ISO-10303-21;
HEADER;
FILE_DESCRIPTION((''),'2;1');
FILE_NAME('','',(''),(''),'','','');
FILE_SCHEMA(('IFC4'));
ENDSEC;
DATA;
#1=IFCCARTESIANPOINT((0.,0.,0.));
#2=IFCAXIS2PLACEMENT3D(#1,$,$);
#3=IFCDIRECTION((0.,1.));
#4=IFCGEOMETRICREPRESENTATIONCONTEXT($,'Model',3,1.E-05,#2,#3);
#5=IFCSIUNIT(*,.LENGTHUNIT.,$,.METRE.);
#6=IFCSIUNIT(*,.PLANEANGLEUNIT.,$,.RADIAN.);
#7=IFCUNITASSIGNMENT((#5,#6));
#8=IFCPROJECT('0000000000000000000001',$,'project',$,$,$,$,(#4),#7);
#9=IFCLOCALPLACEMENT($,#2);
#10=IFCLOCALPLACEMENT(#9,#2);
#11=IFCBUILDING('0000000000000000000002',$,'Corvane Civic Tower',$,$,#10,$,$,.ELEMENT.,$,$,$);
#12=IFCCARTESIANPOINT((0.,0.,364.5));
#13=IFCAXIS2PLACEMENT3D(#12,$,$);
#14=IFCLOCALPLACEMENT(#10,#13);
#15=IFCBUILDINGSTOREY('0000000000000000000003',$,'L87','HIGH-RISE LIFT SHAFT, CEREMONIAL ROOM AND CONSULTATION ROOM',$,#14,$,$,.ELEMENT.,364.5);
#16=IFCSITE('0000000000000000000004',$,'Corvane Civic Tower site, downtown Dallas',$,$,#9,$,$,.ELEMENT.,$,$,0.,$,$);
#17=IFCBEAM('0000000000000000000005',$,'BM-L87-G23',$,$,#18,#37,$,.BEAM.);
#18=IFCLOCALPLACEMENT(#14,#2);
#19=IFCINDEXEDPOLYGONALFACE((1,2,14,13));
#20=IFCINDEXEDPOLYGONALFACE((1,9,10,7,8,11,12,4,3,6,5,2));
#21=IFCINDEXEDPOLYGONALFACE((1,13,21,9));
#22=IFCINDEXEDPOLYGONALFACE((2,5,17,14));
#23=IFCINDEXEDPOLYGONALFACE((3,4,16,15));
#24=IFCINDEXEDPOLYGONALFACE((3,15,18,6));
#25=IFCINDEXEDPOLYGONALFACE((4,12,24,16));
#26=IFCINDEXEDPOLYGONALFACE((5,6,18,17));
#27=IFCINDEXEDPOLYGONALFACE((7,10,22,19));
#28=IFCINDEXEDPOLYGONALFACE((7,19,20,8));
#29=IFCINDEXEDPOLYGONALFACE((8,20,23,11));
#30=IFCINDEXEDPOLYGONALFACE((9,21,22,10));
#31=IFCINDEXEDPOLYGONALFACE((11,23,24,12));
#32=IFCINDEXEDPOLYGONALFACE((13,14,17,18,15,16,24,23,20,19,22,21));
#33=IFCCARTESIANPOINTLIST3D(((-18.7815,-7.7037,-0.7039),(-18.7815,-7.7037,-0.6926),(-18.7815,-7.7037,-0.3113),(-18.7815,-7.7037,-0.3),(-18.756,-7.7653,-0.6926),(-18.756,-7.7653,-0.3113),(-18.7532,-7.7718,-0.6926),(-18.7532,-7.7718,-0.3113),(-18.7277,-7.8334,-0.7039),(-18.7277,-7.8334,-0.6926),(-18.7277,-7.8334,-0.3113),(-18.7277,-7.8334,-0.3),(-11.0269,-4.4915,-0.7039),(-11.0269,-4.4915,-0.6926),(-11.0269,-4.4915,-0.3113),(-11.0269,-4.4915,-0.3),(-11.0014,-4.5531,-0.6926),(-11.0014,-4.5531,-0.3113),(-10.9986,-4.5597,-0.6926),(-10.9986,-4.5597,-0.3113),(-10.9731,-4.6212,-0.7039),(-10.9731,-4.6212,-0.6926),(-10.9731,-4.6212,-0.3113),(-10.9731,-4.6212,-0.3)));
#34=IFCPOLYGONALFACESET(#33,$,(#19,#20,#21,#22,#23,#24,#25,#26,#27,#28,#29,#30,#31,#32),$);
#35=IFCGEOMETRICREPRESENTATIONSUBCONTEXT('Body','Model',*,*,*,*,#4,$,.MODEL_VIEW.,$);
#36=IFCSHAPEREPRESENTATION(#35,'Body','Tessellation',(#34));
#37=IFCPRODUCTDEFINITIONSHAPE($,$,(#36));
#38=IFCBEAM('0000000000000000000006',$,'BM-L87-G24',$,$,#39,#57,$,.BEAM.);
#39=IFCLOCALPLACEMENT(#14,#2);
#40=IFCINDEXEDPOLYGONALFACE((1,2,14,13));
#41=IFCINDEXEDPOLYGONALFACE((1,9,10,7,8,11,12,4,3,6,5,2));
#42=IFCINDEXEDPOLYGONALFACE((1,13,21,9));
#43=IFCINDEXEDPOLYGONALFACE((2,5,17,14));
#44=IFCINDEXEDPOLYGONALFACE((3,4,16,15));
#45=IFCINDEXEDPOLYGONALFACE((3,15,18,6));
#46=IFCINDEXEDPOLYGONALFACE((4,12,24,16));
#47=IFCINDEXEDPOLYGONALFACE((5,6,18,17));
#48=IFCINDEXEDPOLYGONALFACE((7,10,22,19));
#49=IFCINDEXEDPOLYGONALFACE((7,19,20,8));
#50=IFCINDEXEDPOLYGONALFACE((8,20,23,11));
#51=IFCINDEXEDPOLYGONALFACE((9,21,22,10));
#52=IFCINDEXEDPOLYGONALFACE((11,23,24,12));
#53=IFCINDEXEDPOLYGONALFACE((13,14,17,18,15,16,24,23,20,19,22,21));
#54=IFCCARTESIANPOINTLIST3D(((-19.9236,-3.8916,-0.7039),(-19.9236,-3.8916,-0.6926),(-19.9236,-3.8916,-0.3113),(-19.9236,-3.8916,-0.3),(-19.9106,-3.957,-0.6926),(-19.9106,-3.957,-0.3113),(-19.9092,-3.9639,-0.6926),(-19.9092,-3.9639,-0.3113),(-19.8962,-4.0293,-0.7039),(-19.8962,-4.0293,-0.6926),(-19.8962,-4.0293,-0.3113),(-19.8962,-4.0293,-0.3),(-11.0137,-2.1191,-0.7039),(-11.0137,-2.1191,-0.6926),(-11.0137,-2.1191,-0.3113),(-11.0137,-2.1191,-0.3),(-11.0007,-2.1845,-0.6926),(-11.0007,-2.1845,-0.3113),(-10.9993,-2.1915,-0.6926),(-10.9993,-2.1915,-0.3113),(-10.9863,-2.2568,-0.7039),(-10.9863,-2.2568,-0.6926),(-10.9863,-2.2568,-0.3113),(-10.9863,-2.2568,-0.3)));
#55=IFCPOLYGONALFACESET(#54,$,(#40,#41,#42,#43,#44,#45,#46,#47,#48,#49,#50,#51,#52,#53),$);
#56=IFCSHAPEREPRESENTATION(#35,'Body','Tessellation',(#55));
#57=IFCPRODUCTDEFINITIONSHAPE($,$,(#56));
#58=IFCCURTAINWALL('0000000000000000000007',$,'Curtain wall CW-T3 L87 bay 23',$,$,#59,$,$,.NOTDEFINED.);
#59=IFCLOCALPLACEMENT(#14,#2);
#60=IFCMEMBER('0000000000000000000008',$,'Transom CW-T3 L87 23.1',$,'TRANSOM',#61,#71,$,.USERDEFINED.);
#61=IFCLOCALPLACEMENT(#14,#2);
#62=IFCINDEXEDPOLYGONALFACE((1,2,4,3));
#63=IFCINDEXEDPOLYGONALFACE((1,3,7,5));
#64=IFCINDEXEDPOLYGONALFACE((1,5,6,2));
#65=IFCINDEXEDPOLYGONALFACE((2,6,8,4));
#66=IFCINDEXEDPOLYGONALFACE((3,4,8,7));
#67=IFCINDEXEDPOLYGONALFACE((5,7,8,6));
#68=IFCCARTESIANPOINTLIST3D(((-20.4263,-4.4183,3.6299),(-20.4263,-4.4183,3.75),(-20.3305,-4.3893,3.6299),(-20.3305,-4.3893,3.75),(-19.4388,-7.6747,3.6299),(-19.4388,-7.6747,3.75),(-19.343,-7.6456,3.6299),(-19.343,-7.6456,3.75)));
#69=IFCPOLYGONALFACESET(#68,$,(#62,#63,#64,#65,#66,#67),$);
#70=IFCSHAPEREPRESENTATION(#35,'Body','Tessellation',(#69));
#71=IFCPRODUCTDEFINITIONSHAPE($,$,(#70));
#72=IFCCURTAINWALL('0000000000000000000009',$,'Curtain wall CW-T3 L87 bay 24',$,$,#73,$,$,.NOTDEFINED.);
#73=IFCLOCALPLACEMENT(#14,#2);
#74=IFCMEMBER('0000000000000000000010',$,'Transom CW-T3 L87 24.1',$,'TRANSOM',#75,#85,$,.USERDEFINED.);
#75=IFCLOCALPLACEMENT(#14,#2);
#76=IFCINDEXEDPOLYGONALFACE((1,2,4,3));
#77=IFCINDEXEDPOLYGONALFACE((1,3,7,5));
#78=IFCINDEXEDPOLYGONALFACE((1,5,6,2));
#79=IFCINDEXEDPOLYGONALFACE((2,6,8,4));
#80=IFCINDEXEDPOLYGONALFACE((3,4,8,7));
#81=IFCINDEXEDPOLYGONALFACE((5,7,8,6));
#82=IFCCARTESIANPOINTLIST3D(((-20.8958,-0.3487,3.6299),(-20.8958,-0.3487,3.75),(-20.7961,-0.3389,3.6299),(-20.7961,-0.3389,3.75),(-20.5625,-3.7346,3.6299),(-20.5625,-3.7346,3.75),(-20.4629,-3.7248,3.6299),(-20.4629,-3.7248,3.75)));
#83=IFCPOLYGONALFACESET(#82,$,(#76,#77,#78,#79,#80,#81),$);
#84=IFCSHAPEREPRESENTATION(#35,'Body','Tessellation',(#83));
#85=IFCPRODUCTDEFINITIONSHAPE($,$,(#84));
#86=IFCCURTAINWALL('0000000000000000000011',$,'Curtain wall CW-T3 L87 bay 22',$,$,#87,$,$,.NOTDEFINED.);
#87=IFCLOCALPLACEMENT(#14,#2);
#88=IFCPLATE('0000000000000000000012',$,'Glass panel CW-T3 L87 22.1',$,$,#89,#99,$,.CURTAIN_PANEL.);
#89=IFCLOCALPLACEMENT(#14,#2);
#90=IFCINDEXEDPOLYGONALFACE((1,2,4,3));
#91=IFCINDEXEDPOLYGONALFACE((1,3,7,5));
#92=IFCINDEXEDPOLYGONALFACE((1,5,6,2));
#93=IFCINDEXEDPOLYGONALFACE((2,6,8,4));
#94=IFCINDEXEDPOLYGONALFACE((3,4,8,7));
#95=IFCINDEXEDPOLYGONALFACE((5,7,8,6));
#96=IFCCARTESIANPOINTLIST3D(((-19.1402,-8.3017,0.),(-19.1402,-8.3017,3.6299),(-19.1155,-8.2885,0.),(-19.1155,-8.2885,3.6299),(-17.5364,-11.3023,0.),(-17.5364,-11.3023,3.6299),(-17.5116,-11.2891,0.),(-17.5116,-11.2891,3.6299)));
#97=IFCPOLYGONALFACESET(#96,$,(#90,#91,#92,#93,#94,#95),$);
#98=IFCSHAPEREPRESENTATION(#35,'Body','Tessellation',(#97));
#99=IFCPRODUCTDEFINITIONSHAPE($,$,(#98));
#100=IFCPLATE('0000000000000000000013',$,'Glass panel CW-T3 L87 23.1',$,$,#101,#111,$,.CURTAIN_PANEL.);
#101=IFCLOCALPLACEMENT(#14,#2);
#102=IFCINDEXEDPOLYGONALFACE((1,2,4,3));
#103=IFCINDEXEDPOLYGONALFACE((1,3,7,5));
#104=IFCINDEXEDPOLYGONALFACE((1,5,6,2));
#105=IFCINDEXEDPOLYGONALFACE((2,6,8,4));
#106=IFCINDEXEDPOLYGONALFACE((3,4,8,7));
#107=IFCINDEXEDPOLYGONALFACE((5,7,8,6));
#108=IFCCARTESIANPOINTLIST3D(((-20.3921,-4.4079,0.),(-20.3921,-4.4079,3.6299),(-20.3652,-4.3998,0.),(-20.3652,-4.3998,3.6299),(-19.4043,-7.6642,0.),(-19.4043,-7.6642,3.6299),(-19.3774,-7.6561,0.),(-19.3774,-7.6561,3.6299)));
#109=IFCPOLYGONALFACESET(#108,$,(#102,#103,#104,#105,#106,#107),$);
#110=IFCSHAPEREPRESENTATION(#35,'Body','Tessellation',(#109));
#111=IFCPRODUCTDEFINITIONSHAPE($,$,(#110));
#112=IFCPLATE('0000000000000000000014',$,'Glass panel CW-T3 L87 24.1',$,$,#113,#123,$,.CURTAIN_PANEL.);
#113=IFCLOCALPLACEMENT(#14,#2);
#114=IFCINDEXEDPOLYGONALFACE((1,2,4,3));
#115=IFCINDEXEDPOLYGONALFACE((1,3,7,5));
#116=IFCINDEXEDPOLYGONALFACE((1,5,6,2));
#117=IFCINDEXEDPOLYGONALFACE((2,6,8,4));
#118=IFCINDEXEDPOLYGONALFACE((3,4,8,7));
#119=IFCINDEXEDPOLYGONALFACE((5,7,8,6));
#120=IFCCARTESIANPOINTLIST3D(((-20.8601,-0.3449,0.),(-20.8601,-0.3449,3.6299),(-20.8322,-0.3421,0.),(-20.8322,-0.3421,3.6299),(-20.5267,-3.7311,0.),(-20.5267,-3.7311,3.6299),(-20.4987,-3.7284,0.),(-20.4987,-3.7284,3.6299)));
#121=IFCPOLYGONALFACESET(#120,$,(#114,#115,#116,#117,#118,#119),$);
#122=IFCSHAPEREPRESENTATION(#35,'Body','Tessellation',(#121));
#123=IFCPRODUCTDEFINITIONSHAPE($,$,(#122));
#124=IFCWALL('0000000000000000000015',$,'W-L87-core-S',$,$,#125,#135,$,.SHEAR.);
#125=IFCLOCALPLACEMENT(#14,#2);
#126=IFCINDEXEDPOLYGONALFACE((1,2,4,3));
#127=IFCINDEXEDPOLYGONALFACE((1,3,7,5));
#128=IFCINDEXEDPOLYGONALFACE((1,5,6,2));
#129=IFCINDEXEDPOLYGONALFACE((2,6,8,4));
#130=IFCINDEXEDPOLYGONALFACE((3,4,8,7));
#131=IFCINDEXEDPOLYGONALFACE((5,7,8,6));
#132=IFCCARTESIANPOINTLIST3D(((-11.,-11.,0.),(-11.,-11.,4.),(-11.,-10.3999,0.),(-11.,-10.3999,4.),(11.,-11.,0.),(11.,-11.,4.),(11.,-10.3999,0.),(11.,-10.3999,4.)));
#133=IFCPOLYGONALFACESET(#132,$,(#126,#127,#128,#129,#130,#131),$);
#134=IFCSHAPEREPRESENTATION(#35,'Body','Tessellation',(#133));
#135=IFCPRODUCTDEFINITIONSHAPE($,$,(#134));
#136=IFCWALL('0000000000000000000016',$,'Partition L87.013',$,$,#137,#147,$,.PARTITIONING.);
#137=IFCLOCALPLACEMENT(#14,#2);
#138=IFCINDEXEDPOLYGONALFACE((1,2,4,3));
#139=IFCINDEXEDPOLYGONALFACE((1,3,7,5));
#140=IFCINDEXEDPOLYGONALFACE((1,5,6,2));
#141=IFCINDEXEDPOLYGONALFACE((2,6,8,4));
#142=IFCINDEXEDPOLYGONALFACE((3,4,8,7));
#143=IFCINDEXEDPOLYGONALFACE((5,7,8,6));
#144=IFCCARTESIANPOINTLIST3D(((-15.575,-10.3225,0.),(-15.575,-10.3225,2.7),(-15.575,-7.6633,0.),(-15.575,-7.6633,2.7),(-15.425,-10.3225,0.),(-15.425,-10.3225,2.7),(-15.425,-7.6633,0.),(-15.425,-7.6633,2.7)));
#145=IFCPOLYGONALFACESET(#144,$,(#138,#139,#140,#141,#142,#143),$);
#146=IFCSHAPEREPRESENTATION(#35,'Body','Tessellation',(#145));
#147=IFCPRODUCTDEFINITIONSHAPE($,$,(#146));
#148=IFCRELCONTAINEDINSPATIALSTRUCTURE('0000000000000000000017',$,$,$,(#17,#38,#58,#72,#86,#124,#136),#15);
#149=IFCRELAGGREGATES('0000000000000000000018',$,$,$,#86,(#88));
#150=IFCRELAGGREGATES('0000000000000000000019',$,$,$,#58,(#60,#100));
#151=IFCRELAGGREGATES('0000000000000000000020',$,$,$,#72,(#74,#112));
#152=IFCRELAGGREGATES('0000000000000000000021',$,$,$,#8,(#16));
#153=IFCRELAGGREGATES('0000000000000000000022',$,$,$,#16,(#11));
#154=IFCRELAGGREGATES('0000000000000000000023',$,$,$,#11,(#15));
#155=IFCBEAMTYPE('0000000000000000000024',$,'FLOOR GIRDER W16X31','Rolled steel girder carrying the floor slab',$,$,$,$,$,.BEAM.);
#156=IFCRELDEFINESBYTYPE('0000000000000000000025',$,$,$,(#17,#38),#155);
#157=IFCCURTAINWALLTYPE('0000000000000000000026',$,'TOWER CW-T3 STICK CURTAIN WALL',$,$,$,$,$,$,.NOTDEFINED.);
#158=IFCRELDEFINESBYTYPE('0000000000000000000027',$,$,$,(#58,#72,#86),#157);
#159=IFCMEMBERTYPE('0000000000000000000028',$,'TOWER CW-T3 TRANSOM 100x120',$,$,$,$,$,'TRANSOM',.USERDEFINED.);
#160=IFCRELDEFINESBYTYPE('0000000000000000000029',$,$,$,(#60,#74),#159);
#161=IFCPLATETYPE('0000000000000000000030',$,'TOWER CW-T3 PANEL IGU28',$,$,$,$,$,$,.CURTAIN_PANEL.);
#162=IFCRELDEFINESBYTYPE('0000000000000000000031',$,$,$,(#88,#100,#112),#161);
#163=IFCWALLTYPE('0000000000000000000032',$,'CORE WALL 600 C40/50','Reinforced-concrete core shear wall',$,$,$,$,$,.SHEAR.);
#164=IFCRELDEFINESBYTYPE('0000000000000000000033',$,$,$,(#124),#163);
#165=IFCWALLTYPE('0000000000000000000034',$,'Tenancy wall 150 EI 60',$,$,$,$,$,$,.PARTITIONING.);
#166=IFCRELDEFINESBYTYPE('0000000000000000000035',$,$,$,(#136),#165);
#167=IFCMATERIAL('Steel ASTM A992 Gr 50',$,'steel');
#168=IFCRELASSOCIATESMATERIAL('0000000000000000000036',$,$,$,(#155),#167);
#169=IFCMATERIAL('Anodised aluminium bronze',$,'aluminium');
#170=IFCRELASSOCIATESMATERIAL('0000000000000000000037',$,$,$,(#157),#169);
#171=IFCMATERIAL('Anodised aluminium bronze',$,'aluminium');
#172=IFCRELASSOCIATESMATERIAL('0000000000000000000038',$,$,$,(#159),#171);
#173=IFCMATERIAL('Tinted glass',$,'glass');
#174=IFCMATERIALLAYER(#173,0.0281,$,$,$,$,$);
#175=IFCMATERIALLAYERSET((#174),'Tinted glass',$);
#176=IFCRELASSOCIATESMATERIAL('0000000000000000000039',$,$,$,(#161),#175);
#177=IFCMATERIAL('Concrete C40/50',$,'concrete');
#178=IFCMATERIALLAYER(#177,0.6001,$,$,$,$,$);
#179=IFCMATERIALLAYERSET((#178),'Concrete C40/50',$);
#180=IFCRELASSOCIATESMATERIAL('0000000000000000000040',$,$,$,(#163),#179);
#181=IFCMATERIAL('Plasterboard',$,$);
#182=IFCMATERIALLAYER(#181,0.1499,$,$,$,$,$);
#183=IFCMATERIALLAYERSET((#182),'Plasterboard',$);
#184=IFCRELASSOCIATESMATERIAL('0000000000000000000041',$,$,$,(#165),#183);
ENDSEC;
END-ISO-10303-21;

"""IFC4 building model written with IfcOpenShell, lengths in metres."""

from ifc_helpers import new_model, si_unit, direction, frame, frame_2d, origin, origin_2d, place, context, subcontext, project, spatial, rectangle, i_section, extrude, material, layer, layer_set, material_profile, profile_set, type_object, element, aggregate, save


model = new_model("IFC4")

# Units and contexts
model_context = context("Model", 3, precision=1e-05, world=origin(), true_north=direction((0.0, 1.0)))
body_context = subcontext(model_context, "Body", "Model", "MODEL_VIEW")
ifc_project = project(units=[si_unit("LENGTHUNIT", "METRE"), si_unit("PLANEANGLEUNIT", "RADIAN")], contexts=[model_context])

# Site, building, storey
site_placement = place(None, origin())
site = spatial("IfcSite", under=ifc_project, at=site_placement, Name="Corvane Civic Tower site, downtown Dallas", CompositionType="ELEMENT", RefElevation=0.0)
building_placement = place(site_placement, origin())
building = spatial("IfcBuilding", under=site, at=building_placement, Name="Corvane Civic Tower", CompositionType="ELEMENT")
storey_placement = place(building_placement, frame((0.0, 0.0, 364.5)))
storey = spatial("IfcBuildingStorey", under=building, at=storey_placement, Name="L87", Description="HIGH-RISE LIFT SHAFT, CEREMONIAL ROOM AND CONSULTATION ROOM", CompositionType="ELEMENT", Elevation=364.5)

# Beams
ifc_material_1 = material(Name="Steel ASTM A992 Gr 50", Category="steel")
ifc_material_profile_1 = material_profile(ifc_material_1, i_section(OverallWidth=0.1404, OverallDepth=0.4038, WebThickness=0.0071, FlangeThickness=0.0112, at=origin_2d()), Name="W16X31")
ifc_profile_set_1 = profile_set([ifc_material_profile_1], Name="Steel ASTM A992 Gr 50")
beam_type_1 = type_object("IfcBeamType", Name="FLOOR GIRDER W16X31", Description="Rolled steel girder carrying the floor slab", PredefinedType="BEAM", material=ifc_profile_set_1)
beam_1_placement = place(storey_placement, frame((-11.0, -4.5564, -0.502), z_axis=(-0.923876, -0.382692, 0.0), x_axis=(0.382692, -0.923876, 0.0)))
element("IfcBeam", 1, at=beam_1_placement, inside=storey, type_object=beam_type_1, Name="BM-L87-G23", PredefinedType="BEAM", context=body_context, shape_type="SweptSolid", body=[
    extrude(i_section(OverallWidth=0.1404, OverallDepth=0.4038, WebThickness=0.0071, FlangeThickness=0.0112, at=origin_2d()), origin(), (0.0, 0.0, 1.0), 8.3936),
])
beam_2_placement = place(storey_placement, frame((-11.0, -2.188, -0.502), z_axis=(-0.980782, -0.195108, 0.0), x_axis=(0.195108, -0.980782, 0.0)))
element("IfcBeam", 2, at=beam_2_placement, inside=storey, type_object=beam_type_1, Name="BM-L87-G24", PredefinedType="BEAM", context=body_context, shape_type="SweptSolid", body=[
    extrude(i_section(OverallWidth=0.1404, OverallDepth=0.4038, WebThickness=0.0071, FlangeThickness=0.0112, at=origin_2d()), origin(), (0.0, 0.0, 1.0), 9.0845),
])

# Curtain walls, members
ifc_material_2 = material(Name="Anodised aluminium bronze", Category="aluminium")
curtain_wall_type = type_object("IfcCurtainWallType", Name="TOWER CW-T3 STICK CURTAIN WALL", PredefinedType="NOTDEFINED", material=ifc_material_2)
curtain_wall_1_placement = place(storey_placement, origin())
curtain_wall_1 = element("IfcCurtainWall", 3, at=curtain_wall_1_placement, inside=storey, type_object=curtain_wall_type, Name="Curtain wall CW-T3 L87 bay 23", PredefinedType="NOTDEFINED")
ifc_material_3 = material(Name="Anodised aluminium bronze", Category="aluminium")
ifc_material_profile_2 = material_profile(ifc_material_3, rectangle(XDim=0.1001, YDim=0.1201, at=origin_2d()), Name="TOWER CW-T3 TRANSOM 100x120")
ifc_profile_set_2 = profile_set([ifc_material_profile_2], Name="Anodised aluminium bronze")
member_type = type_object("IfcMemberType", Name="TOWER CW-T3 TRANSOM 100x120", ElementType="TRANSOM", PredefinedType="USERDEFINED", material=ifc_profile_set_2)
member_1_placement = place(storey_placement, frame((-19.3909, -7.6602, 3.6899), z_axis=(-0.290216, 0.956961, 0.0), x_axis=(-0.956961, -0.290216, 0.0)))
member_1 = element("IfcMember", 4, at=member_1_placement, type_object=member_type, Name="Transom CW-T3 L87 23.1", ObjectType="TRANSOM", PredefinedType="USERDEFINED", context=body_context, shape_type="SweptSolid", body=[
    extrude(rectangle(XDim=0.1001, YDim=0.1201, at=origin_2d()), origin(), (0.0, 0.0, 1.0), 3.4028),
])
curtain_wall_2_placement = place(storey_placement, origin())
curtain_wall_2 = element("IfcCurtainWall", 5, at=curtain_wall_2_placement, inside=storey, type_object=curtain_wall_type, Name="Curtain wall CW-T3 L87 bay 24", PredefinedType="NOTDEFINED")
member_2_placement = place(storey_placement, frame((-20.5127, -3.7297, 3.6899), z_axis=(-0.097948, 0.995192, 0.0), x_axis=(-0.995192, -0.097948, 0.0)))
member_2 = element("IfcMember", 6, at=member_2_placement, type_object=member_type, Name="Transom CW-T3 L87 24.1", ObjectType="TRANSOM", PredefinedType="USERDEFINED", context=body_context, shape_type="SweptSolid", body=[
    extrude(rectangle(XDim=0.1001, YDim=0.1201, at=origin_2d()), origin(), (0.0, 0.0, 1.0), 3.4023),
])

# Curtain wall, plate
curtain_wall_3_placement = place(storey_placement, origin())
curtain_wall_3 = element("IfcCurtainWall", 7, at=curtain_wall_3_placement, inside=storey, type_object=curtain_wall_type, Name="Curtain wall CW-T3 L87 bay 22", PredefinedType="NOTDEFINED")
ifc_material_4 = material(Name="Tinted glass", Category="glass")
ifc_layer_1 = layer(ifc_material_4, 0.0281)
ifc_layer_set_1 = layer_set([ifc_layer_1], Name="Tinted glass")
plate_type = type_object("IfcPlateType", Name="TOWER CW-T3 PANEL IGU28", PredefinedType="CURTAIN_PANEL", material=ifc_layer_set_1)
plate_1_placement = place(storey_placement, frame((-18.3259, -9.7954, 0.0), z_axis=(0.0, 0.0, 1.0), x_axis=(-0.471384, 0.881928, 0.0)))
plate_1 = element("IfcPlate", 8, at=plate_1_placement, type_object=plate_type, Name="Glass panel CW-T3 L87 22.1", PredefinedType="CURTAIN_PANEL", context=body_context, shape_type="SweptSolid", body=[
    extrude(rectangle(XDim=3.4023, YDim=0.0281, at=origin_2d()), origin(), (0.0, 0.0, 1.0), 3.6299),
])
aggregate(curtain_wall_3, [plate_1])

# Plates
plate_2_placement = place(storey_placement, frame((-19.8848, -6.032, 0.0), z_axis=(0.0, 0.0, 1.0), x_axis=(-0.29029, 0.956939, 0.0)))
plate_2 = element("IfcPlate", 9, at=plate_2_placement, type_object=plate_type, Name="Glass panel CW-T3 L87 23.1", PredefinedType="CURTAIN_PANEL", context=body_context, shape_type="SweptSolid", body=[
    extrude(rectangle(XDim=3.4028, YDim=0.0281, at=origin_2d()), origin(), (0.0, 0.0, 1.0), 3.6299),
])
aggregate(curtain_wall_1, [member_1, plate_2])
plate_3_placement = place(storey_placement, frame((-20.6794, -2.0366, 0.0), z_axis=(0.0, 0.0, 1.0), x_axis=(-0.097998, 0.995187, 0.0)))
plate_3 = element("IfcPlate", 10, at=plate_3_placement, type_object=plate_type, Name="Glass panel CW-T3 L87 24.1", PredefinedType="CURTAIN_PANEL", context=body_context, shape_type="SweptSolid", body=[
    extrude(rectangle(XDim=3.4026, YDim=0.0281, at=origin_2d()), origin(), (0.0, 0.0, 1.0), 3.6299),
])
aggregate(curtain_wall_2, [member_2, plate_3])

# Walls
ifc_material_5 = material(Name="Concrete C40/50", Category="concrete")
ifc_layer_2 = layer(ifc_material_5, 0.6001)
ifc_layer_set_2 = layer_set([ifc_layer_2], Name="Concrete C40/50")
wall_type_1 = type_object("IfcWallType", Name="CORE WALL 600 C40/50", Description="Reinforced-concrete core shear wall", PredefinedType="SHEAR", material=ifc_layer_set_2)
wall_1_placement = place(storey_placement, frame((-11.0, -10.7, 0.0), z_axis=(0.0, 0.0, 1.0), x_axis=(1.0, 0.0, 0.0)))
element("IfcWall", 11, at=wall_1_placement, inside=storey, type_object=wall_type_1, Name="W-L87-core-S", PredefinedType="SHEAR", context=body_context, shape_type="SweptSolid", body=[
    extrude(rectangle(XDim=22.0, YDim=0.6001, at=frame_2d((11.0, 0.0))), origin(), (0.0, 0.0, 1.0), 4.0),
])
ifc_material_6 = material(Name="Plasterboard")
ifc_layer_3 = layer(ifc_material_6, 0.1499)
ifc_layer_set_3 = layer_set([ifc_layer_3], Name="Plasterboard")
wall_type_2 = type_object("IfcWallType", Name="Tenancy wall 150 EI 60", PredefinedType="PARTITIONING", material=ifc_layer_set_3)
wall_2_placement = place(storey_placement, frame((-15.5, -10.3225, 0.0), z_axis=(0.0, 0.0, 1.0), x_axis=(0.0, 1.0, 0.0)))
element("IfcWall", 12, at=wall_2_placement, inside=storey, type_object=wall_type_2, Name="Partition L87.013", PredefinedType="PARTITIONING", context=body_context, shape_type="SweptSolid", body=[
    extrude(rectangle(XDim=2.6592, YDim=0.1499, at=frame_2d((1.3296, 0.0))), origin(), (0.0, 0.0, 1.0), 2.7),
])

save(model, "model.ifc")
